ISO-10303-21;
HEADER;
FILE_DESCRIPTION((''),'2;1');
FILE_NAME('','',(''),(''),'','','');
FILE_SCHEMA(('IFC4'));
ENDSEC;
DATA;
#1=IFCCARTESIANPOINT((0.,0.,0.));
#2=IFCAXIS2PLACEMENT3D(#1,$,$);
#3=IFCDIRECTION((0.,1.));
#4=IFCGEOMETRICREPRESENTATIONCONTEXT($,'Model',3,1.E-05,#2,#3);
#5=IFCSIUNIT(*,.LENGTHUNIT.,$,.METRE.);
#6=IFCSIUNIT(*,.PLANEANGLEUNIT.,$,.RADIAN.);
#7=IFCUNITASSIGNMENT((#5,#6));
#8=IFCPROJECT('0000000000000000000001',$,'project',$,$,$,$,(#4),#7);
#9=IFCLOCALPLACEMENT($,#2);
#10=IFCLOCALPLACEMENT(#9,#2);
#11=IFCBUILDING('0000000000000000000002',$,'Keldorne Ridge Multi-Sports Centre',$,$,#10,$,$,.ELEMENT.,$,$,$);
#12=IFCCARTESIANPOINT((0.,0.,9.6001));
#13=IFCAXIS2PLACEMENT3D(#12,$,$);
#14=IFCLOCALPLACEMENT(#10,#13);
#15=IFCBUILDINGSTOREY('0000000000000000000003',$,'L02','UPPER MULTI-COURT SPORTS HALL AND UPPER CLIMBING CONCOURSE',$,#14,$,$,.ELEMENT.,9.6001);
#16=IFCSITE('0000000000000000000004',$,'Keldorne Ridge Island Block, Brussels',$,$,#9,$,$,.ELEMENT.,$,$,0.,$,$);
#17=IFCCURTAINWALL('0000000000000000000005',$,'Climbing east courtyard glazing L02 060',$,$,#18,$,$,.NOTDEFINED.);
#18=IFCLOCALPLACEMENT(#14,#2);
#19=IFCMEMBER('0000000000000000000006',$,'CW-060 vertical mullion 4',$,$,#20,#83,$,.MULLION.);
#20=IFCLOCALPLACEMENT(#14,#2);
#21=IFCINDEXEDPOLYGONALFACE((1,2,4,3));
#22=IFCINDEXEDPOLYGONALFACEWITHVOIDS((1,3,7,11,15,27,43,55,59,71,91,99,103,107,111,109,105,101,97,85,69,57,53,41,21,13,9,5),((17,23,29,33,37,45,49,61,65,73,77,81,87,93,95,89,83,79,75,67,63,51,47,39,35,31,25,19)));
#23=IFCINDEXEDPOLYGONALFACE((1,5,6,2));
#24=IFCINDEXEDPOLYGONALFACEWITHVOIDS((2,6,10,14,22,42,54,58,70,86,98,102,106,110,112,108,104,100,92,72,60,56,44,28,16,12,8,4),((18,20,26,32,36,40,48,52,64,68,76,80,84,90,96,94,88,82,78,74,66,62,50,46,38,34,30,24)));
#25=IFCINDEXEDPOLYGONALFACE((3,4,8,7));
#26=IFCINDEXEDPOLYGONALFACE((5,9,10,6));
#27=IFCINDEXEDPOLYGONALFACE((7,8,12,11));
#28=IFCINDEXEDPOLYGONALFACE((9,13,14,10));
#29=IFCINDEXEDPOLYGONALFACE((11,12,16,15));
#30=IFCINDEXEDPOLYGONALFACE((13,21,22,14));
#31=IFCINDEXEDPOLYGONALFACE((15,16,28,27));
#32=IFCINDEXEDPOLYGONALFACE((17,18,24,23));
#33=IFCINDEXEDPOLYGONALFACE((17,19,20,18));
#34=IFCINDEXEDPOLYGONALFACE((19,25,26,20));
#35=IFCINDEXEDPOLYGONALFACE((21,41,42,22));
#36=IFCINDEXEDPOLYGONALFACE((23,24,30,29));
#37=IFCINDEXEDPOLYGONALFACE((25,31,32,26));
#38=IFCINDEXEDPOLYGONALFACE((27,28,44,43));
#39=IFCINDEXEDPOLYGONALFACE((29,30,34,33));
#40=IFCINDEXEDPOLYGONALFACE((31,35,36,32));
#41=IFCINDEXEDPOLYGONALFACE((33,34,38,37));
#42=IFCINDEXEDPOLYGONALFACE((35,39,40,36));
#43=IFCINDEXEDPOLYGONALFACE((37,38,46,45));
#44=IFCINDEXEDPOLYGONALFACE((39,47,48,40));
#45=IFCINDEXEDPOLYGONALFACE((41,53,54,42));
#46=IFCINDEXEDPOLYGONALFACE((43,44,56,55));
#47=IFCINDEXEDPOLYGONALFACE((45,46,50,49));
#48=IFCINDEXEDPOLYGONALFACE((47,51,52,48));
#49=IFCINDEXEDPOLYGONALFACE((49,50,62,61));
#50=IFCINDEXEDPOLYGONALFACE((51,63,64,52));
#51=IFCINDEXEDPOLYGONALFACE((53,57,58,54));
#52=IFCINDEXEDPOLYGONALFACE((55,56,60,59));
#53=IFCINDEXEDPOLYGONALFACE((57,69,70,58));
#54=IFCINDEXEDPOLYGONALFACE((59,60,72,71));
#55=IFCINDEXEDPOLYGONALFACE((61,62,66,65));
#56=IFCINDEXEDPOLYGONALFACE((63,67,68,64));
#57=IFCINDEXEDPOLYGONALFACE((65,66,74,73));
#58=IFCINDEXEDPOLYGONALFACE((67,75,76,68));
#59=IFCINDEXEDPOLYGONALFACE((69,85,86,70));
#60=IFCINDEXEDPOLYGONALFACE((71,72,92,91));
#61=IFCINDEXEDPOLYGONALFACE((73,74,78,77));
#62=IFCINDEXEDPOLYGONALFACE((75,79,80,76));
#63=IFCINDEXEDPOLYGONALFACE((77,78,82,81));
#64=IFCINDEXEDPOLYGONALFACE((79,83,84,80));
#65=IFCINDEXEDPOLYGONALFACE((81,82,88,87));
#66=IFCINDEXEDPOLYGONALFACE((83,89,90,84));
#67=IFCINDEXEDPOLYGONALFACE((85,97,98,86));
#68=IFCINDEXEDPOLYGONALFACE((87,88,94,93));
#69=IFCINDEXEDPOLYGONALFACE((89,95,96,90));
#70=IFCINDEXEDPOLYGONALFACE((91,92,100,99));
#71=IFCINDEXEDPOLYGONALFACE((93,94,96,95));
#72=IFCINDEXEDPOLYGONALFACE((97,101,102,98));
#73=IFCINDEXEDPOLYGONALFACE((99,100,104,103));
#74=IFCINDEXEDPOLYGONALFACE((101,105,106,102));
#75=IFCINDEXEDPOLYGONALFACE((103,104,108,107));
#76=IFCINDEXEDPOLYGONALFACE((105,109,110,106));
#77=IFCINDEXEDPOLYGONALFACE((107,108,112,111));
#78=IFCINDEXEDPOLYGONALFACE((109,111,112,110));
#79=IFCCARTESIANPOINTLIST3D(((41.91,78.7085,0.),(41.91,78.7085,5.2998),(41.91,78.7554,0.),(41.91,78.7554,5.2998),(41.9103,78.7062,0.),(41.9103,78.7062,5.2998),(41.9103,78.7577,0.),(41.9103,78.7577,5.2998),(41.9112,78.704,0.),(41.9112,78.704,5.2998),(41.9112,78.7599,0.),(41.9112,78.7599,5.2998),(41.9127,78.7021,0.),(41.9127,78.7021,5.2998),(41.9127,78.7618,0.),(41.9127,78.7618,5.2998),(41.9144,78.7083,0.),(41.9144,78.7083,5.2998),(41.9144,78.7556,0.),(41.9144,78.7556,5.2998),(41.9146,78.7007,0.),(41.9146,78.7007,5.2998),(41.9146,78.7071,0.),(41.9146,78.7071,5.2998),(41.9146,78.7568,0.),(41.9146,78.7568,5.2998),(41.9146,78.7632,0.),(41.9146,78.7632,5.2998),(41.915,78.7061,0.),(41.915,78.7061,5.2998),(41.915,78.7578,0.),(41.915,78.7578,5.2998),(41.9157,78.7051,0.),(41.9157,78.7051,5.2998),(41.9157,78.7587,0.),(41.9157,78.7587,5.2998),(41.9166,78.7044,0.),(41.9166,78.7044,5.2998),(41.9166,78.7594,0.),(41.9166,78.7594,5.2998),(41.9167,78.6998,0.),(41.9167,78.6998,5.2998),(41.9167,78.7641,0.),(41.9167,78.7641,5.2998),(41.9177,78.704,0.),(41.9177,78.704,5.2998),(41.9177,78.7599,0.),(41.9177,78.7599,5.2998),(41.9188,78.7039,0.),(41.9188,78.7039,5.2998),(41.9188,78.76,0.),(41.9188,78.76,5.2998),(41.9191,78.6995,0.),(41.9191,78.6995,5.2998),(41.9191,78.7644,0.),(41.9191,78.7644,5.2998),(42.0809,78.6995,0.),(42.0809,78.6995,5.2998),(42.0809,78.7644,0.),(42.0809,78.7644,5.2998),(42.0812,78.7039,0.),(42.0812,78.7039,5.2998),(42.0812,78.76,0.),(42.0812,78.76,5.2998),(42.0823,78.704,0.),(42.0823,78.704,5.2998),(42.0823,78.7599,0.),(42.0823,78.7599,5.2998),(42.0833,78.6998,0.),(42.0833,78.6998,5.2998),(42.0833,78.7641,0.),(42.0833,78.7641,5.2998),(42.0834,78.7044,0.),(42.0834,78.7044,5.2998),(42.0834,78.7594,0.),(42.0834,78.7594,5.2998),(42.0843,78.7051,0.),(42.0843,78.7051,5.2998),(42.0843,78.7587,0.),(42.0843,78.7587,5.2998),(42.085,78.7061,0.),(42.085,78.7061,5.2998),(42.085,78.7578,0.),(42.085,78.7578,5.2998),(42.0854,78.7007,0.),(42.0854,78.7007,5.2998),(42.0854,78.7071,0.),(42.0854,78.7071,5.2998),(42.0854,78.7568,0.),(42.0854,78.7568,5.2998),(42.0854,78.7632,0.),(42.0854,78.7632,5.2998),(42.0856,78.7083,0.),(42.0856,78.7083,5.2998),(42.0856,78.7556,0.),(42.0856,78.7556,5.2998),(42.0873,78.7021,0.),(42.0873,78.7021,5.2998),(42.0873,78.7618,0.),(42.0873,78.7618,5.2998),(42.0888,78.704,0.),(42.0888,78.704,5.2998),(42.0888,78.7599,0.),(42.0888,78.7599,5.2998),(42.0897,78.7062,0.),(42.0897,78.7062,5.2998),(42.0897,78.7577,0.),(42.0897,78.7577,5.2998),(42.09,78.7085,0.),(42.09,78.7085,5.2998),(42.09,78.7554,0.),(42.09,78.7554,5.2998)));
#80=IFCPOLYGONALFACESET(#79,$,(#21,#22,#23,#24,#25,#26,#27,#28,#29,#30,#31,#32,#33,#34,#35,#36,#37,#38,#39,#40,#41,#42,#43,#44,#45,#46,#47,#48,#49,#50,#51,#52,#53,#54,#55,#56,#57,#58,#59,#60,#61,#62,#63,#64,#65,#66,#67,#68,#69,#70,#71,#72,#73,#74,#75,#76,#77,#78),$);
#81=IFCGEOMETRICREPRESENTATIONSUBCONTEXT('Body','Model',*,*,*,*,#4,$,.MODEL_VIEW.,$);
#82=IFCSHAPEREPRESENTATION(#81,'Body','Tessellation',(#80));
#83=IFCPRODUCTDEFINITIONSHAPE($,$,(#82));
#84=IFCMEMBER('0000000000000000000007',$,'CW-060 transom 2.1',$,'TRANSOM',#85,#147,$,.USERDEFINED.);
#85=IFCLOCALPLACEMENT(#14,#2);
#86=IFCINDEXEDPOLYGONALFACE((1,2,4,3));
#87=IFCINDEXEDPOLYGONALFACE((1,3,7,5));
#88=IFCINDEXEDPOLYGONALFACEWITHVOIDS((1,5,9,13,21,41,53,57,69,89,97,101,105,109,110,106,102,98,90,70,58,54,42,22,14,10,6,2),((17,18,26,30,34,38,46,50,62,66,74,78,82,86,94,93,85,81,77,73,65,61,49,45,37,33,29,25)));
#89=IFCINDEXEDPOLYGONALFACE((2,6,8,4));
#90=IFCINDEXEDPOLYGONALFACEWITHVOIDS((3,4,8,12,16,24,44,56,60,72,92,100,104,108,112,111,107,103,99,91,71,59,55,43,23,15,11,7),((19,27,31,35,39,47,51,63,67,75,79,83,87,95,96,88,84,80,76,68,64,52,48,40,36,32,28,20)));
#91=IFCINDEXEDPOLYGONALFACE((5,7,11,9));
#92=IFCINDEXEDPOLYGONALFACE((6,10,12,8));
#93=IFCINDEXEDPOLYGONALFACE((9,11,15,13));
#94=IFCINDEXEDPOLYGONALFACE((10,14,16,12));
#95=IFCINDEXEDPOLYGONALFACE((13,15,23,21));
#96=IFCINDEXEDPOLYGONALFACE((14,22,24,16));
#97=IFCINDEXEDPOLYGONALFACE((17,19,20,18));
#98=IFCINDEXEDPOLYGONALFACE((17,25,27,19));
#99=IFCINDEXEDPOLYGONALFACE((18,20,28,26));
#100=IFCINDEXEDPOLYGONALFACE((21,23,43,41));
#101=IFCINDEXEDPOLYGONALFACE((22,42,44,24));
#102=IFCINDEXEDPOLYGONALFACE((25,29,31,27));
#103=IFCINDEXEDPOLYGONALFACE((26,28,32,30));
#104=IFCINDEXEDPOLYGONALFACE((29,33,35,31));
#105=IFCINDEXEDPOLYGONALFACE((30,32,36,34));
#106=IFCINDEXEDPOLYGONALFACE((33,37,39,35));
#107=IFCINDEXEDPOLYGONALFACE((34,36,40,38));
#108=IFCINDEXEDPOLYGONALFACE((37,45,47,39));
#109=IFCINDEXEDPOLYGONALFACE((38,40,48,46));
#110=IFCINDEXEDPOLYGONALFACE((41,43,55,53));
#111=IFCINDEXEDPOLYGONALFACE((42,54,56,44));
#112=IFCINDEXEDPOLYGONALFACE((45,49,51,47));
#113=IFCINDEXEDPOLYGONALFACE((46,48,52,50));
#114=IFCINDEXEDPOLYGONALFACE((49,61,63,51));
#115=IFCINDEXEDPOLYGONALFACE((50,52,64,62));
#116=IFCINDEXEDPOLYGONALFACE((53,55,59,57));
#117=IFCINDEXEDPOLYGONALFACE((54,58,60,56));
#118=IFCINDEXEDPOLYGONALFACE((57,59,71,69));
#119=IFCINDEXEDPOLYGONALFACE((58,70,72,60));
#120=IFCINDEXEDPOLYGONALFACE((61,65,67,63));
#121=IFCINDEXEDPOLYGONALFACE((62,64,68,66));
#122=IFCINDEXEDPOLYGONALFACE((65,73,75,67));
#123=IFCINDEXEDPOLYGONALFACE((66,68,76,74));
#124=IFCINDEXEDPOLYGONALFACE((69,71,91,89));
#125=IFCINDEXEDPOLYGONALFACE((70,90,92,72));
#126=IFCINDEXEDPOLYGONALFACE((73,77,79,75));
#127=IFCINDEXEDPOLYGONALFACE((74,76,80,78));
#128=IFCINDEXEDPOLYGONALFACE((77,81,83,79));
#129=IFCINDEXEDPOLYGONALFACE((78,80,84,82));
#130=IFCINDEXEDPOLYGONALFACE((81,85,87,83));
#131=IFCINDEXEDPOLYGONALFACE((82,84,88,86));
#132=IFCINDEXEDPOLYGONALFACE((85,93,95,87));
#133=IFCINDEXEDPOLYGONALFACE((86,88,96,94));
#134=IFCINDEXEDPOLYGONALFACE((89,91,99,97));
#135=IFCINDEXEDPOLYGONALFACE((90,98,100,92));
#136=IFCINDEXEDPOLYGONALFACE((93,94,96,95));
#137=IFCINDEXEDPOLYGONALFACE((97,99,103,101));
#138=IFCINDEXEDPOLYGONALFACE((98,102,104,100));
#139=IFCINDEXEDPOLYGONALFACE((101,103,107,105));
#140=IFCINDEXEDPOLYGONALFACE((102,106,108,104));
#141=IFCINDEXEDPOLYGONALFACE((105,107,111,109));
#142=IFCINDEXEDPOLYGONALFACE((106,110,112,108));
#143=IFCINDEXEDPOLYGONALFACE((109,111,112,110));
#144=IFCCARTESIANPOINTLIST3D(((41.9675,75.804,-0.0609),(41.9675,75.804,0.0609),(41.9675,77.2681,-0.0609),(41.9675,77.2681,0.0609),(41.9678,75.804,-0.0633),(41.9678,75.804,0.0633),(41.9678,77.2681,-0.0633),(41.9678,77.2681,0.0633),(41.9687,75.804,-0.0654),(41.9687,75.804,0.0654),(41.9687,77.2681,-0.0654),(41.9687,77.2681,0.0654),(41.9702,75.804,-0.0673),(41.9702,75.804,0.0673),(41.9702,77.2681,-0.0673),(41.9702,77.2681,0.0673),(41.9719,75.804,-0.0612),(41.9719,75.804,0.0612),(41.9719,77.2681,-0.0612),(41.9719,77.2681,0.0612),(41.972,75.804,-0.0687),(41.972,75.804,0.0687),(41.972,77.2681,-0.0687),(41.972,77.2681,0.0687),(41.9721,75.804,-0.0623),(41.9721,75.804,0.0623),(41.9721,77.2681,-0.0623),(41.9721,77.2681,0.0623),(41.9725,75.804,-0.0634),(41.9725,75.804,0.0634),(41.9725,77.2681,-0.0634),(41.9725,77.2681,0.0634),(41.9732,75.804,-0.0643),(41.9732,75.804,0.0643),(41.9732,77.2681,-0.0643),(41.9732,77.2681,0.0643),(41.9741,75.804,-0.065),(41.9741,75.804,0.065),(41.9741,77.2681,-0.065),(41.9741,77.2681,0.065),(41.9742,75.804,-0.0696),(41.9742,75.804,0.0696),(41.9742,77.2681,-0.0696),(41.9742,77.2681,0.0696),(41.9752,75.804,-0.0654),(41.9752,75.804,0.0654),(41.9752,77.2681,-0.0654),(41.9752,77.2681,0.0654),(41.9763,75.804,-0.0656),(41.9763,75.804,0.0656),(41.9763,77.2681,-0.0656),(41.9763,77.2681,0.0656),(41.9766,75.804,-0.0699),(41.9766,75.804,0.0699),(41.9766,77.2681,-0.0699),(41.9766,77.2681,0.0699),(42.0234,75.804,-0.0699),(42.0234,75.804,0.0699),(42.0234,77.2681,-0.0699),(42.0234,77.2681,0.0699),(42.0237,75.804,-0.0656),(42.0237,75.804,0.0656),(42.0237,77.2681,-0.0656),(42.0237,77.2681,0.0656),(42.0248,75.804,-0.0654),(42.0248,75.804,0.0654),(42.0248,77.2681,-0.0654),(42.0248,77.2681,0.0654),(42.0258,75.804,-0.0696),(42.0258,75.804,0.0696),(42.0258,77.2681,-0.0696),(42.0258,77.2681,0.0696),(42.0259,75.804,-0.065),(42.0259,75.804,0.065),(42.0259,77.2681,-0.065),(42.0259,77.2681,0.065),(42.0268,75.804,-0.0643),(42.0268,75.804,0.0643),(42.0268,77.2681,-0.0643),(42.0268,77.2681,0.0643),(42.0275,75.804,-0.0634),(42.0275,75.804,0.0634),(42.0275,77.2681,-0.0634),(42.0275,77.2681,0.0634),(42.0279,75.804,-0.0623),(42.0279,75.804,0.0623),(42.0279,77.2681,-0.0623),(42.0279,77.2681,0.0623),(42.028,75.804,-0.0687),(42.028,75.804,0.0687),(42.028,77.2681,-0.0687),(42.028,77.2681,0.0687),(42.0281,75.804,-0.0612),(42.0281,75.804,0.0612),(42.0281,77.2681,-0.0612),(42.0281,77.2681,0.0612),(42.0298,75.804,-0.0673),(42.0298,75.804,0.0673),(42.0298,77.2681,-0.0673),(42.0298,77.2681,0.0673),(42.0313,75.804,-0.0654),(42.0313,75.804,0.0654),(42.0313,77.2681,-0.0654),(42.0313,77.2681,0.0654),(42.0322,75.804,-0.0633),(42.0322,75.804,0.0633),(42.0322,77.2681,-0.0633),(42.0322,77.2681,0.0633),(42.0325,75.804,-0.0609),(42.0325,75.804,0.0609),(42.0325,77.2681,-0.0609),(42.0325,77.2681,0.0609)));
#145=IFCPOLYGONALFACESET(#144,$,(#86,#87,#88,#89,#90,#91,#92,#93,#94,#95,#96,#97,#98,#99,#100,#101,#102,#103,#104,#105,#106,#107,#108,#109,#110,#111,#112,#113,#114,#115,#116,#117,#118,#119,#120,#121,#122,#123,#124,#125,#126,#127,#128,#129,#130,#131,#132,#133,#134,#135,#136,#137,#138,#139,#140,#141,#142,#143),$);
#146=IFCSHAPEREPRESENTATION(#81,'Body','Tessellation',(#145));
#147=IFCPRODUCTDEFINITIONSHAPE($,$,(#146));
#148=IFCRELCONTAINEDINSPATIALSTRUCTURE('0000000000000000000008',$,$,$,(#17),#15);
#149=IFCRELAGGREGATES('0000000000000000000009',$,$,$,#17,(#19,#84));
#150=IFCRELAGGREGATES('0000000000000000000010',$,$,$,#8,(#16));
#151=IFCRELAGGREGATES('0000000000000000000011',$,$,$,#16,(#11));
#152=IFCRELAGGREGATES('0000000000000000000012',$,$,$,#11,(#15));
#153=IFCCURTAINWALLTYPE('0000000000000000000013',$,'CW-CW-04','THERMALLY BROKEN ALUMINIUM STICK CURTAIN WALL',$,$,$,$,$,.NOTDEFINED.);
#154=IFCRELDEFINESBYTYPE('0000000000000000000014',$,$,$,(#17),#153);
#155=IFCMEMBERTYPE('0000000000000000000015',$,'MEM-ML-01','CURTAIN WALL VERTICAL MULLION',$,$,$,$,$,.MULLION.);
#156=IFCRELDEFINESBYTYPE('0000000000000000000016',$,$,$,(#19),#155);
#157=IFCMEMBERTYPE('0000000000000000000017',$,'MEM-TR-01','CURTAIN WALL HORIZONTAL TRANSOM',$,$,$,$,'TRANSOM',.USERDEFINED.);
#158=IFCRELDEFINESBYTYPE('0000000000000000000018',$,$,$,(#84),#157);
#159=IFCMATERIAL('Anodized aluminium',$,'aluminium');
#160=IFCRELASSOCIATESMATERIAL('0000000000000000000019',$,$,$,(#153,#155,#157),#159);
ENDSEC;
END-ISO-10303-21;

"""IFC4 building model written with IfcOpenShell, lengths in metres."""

from ifc_helpers import new_model, si_unit, direction, frame, origin, origin_2d, place, context, subcontext, project, spatial, hollow_rectangle, extrude, material, material_profile, profile_set, type_object, element, aggregate, save


model = new_model("IFC4")

# Units and contexts
model_context = context("Model", 3, precision=1e-05, world=origin(), true_north=direction((0.0, 1.0)))
body_context = subcontext(model_context, "Body", "Model", "MODEL_VIEW")
ifc_project = project(units=[si_unit("LENGTHUNIT", "METRE"), si_unit("PLANEANGLEUNIT", "RADIAN")], contexts=[model_context])

# Site, building, storey
site_placement = place(None, origin())
site = spatial("IfcSite", under=ifc_project, at=site_placement, Name="Keldorne Ridge Island Block, Brussels", CompositionType="ELEMENT", RefElevation=0.0)
building_placement = place(site_placement, origin())
building = spatial("IfcBuilding", under=site, at=building_placement, Name="Keldorne Ridge Multi-Sports Centre", CompositionType="ELEMENT")
storey_placement = place(building_placement, frame((0.0, 0.0, 9.6001)))
storey = spatial("IfcBuildingStorey", under=building, at=storey_placement, Name="L02", Description="UPPER MULTI-COURT SPORTS HALL AND UPPER CLIMBING CONCOURSE", CompositionType="ELEMENT", Elevation=9.6001)

# Curtain wall, members
ifc_material_1 = material(Name="Anodized aluminium", Category="aluminium")
curtain_wall_type = type_object("IfcCurtainWallType", Name="CW-CW-04", Description="THERMALLY BROKEN ALUMINIUM STICK CURTAIN WALL", PredefinedType="NOTDEFINED", material=ifc_material_1)
curtain_wall_placement = place(storey_placement, origin())
curtain_wall = element("IfcCurtainWall", 1, at=curtain_wall_placement, inside=storey, type_object=curtain_wall_type, Name="Climbing east courtyard glazing L02 060", PredefinedType="NOTDEFINED")
ifc_material_profile_1 = material_profile(ifc_material_1, hollow_rectangle(XDim=0.0649, YDim=0.1799, WallThickness=0.0044, InnerFilletRadius=0.0044, OuterFilletRadius=0.009, at=origin_2d()), Name="ALU MULLION 180x65x4.5")
ifc_profile_set_1 = profile_set([ifc_material_profile_1], Name="Anodized aluminium")
member_type_1 = type_object("IfcMemberType", Name="MEM-ML-01", Description="CURTAIN WALL VERTICAL MULLION", PredefinedType="MULLION", material=ifc_profile_set_1)
member_1_placement = place(storey_placement, frame((42.0, 78.7319, 0.0), z_axis=(0.0, 0.0, 1.0), x_axis=(0.0, 1.0, 0.0)))
member_1 = element("IfcMember", 2, at=member_1_placement, type_object=member_type_1, Name="CW-060 vertical mullion 4", PredefinedType="MULLION", context=body_context, shape_type="SweptSolid", body=[
    extrude(hollow_rectangle(XDim=0.0649, YDim=0.1799, WallThickness=0.0044, InnerFilletRadius=0.0044, OuterFilletRadius=0.009, at=origin_2d()), origin(), (0.0, 0.0, 1.0), 5.2998),
])
ifc_material_profile_2 = material_profile(ifc_material_1, hollow_rectangle(XDim=0.0649, YDim=0.1399, WallThickness=0.0044, InnerFilletRadius=0.0044, OuterFilletRadius=0.009, at=origin_2d()), Name="ALU TRANSOM 140x65x4.5")
ifc_profile_set_2 = profile_set([ifc_material_profile_2], Name="Anodized aluminium")
member_type_2 = type_object("IfcMemberType", Name="MEM-TR-01", Description="CURTAIN WALL HORIZONTAL TRANSOM", ElementType="TRANSOM", PredefinedType="USERDEFINED", material=ifc_profile_set_2)
member_2_placement = place(storey_placement, frame((42.0, 75.804, 0.0), z_axis=(0.0, 1.0, 0.0), x_axis=(-1.0, 0.0, 0.0)))
member_2 = element("IfcMember", 3, at=member_2_placement, type_object=member_type_2, Name="CW-060 transom 2.1", ObjectType="TRANSOM", PredefinedType="USERDEFINED", context=body_context, shape_type="SweptSolid", body=[
    extrude(hollow_rectangle(XDim=0.0649, YDim=0.1399, WallThickness=0.0044, InnerFilletRadius=0.0044, OuterFilletRadius=0.009, at=origin_2d()), origin(), (0.0, 0.0, 1.0), 1.4641),
])
aggregate(curtain_wall, [member_1, member_2])

save(model, "model.ifc")
